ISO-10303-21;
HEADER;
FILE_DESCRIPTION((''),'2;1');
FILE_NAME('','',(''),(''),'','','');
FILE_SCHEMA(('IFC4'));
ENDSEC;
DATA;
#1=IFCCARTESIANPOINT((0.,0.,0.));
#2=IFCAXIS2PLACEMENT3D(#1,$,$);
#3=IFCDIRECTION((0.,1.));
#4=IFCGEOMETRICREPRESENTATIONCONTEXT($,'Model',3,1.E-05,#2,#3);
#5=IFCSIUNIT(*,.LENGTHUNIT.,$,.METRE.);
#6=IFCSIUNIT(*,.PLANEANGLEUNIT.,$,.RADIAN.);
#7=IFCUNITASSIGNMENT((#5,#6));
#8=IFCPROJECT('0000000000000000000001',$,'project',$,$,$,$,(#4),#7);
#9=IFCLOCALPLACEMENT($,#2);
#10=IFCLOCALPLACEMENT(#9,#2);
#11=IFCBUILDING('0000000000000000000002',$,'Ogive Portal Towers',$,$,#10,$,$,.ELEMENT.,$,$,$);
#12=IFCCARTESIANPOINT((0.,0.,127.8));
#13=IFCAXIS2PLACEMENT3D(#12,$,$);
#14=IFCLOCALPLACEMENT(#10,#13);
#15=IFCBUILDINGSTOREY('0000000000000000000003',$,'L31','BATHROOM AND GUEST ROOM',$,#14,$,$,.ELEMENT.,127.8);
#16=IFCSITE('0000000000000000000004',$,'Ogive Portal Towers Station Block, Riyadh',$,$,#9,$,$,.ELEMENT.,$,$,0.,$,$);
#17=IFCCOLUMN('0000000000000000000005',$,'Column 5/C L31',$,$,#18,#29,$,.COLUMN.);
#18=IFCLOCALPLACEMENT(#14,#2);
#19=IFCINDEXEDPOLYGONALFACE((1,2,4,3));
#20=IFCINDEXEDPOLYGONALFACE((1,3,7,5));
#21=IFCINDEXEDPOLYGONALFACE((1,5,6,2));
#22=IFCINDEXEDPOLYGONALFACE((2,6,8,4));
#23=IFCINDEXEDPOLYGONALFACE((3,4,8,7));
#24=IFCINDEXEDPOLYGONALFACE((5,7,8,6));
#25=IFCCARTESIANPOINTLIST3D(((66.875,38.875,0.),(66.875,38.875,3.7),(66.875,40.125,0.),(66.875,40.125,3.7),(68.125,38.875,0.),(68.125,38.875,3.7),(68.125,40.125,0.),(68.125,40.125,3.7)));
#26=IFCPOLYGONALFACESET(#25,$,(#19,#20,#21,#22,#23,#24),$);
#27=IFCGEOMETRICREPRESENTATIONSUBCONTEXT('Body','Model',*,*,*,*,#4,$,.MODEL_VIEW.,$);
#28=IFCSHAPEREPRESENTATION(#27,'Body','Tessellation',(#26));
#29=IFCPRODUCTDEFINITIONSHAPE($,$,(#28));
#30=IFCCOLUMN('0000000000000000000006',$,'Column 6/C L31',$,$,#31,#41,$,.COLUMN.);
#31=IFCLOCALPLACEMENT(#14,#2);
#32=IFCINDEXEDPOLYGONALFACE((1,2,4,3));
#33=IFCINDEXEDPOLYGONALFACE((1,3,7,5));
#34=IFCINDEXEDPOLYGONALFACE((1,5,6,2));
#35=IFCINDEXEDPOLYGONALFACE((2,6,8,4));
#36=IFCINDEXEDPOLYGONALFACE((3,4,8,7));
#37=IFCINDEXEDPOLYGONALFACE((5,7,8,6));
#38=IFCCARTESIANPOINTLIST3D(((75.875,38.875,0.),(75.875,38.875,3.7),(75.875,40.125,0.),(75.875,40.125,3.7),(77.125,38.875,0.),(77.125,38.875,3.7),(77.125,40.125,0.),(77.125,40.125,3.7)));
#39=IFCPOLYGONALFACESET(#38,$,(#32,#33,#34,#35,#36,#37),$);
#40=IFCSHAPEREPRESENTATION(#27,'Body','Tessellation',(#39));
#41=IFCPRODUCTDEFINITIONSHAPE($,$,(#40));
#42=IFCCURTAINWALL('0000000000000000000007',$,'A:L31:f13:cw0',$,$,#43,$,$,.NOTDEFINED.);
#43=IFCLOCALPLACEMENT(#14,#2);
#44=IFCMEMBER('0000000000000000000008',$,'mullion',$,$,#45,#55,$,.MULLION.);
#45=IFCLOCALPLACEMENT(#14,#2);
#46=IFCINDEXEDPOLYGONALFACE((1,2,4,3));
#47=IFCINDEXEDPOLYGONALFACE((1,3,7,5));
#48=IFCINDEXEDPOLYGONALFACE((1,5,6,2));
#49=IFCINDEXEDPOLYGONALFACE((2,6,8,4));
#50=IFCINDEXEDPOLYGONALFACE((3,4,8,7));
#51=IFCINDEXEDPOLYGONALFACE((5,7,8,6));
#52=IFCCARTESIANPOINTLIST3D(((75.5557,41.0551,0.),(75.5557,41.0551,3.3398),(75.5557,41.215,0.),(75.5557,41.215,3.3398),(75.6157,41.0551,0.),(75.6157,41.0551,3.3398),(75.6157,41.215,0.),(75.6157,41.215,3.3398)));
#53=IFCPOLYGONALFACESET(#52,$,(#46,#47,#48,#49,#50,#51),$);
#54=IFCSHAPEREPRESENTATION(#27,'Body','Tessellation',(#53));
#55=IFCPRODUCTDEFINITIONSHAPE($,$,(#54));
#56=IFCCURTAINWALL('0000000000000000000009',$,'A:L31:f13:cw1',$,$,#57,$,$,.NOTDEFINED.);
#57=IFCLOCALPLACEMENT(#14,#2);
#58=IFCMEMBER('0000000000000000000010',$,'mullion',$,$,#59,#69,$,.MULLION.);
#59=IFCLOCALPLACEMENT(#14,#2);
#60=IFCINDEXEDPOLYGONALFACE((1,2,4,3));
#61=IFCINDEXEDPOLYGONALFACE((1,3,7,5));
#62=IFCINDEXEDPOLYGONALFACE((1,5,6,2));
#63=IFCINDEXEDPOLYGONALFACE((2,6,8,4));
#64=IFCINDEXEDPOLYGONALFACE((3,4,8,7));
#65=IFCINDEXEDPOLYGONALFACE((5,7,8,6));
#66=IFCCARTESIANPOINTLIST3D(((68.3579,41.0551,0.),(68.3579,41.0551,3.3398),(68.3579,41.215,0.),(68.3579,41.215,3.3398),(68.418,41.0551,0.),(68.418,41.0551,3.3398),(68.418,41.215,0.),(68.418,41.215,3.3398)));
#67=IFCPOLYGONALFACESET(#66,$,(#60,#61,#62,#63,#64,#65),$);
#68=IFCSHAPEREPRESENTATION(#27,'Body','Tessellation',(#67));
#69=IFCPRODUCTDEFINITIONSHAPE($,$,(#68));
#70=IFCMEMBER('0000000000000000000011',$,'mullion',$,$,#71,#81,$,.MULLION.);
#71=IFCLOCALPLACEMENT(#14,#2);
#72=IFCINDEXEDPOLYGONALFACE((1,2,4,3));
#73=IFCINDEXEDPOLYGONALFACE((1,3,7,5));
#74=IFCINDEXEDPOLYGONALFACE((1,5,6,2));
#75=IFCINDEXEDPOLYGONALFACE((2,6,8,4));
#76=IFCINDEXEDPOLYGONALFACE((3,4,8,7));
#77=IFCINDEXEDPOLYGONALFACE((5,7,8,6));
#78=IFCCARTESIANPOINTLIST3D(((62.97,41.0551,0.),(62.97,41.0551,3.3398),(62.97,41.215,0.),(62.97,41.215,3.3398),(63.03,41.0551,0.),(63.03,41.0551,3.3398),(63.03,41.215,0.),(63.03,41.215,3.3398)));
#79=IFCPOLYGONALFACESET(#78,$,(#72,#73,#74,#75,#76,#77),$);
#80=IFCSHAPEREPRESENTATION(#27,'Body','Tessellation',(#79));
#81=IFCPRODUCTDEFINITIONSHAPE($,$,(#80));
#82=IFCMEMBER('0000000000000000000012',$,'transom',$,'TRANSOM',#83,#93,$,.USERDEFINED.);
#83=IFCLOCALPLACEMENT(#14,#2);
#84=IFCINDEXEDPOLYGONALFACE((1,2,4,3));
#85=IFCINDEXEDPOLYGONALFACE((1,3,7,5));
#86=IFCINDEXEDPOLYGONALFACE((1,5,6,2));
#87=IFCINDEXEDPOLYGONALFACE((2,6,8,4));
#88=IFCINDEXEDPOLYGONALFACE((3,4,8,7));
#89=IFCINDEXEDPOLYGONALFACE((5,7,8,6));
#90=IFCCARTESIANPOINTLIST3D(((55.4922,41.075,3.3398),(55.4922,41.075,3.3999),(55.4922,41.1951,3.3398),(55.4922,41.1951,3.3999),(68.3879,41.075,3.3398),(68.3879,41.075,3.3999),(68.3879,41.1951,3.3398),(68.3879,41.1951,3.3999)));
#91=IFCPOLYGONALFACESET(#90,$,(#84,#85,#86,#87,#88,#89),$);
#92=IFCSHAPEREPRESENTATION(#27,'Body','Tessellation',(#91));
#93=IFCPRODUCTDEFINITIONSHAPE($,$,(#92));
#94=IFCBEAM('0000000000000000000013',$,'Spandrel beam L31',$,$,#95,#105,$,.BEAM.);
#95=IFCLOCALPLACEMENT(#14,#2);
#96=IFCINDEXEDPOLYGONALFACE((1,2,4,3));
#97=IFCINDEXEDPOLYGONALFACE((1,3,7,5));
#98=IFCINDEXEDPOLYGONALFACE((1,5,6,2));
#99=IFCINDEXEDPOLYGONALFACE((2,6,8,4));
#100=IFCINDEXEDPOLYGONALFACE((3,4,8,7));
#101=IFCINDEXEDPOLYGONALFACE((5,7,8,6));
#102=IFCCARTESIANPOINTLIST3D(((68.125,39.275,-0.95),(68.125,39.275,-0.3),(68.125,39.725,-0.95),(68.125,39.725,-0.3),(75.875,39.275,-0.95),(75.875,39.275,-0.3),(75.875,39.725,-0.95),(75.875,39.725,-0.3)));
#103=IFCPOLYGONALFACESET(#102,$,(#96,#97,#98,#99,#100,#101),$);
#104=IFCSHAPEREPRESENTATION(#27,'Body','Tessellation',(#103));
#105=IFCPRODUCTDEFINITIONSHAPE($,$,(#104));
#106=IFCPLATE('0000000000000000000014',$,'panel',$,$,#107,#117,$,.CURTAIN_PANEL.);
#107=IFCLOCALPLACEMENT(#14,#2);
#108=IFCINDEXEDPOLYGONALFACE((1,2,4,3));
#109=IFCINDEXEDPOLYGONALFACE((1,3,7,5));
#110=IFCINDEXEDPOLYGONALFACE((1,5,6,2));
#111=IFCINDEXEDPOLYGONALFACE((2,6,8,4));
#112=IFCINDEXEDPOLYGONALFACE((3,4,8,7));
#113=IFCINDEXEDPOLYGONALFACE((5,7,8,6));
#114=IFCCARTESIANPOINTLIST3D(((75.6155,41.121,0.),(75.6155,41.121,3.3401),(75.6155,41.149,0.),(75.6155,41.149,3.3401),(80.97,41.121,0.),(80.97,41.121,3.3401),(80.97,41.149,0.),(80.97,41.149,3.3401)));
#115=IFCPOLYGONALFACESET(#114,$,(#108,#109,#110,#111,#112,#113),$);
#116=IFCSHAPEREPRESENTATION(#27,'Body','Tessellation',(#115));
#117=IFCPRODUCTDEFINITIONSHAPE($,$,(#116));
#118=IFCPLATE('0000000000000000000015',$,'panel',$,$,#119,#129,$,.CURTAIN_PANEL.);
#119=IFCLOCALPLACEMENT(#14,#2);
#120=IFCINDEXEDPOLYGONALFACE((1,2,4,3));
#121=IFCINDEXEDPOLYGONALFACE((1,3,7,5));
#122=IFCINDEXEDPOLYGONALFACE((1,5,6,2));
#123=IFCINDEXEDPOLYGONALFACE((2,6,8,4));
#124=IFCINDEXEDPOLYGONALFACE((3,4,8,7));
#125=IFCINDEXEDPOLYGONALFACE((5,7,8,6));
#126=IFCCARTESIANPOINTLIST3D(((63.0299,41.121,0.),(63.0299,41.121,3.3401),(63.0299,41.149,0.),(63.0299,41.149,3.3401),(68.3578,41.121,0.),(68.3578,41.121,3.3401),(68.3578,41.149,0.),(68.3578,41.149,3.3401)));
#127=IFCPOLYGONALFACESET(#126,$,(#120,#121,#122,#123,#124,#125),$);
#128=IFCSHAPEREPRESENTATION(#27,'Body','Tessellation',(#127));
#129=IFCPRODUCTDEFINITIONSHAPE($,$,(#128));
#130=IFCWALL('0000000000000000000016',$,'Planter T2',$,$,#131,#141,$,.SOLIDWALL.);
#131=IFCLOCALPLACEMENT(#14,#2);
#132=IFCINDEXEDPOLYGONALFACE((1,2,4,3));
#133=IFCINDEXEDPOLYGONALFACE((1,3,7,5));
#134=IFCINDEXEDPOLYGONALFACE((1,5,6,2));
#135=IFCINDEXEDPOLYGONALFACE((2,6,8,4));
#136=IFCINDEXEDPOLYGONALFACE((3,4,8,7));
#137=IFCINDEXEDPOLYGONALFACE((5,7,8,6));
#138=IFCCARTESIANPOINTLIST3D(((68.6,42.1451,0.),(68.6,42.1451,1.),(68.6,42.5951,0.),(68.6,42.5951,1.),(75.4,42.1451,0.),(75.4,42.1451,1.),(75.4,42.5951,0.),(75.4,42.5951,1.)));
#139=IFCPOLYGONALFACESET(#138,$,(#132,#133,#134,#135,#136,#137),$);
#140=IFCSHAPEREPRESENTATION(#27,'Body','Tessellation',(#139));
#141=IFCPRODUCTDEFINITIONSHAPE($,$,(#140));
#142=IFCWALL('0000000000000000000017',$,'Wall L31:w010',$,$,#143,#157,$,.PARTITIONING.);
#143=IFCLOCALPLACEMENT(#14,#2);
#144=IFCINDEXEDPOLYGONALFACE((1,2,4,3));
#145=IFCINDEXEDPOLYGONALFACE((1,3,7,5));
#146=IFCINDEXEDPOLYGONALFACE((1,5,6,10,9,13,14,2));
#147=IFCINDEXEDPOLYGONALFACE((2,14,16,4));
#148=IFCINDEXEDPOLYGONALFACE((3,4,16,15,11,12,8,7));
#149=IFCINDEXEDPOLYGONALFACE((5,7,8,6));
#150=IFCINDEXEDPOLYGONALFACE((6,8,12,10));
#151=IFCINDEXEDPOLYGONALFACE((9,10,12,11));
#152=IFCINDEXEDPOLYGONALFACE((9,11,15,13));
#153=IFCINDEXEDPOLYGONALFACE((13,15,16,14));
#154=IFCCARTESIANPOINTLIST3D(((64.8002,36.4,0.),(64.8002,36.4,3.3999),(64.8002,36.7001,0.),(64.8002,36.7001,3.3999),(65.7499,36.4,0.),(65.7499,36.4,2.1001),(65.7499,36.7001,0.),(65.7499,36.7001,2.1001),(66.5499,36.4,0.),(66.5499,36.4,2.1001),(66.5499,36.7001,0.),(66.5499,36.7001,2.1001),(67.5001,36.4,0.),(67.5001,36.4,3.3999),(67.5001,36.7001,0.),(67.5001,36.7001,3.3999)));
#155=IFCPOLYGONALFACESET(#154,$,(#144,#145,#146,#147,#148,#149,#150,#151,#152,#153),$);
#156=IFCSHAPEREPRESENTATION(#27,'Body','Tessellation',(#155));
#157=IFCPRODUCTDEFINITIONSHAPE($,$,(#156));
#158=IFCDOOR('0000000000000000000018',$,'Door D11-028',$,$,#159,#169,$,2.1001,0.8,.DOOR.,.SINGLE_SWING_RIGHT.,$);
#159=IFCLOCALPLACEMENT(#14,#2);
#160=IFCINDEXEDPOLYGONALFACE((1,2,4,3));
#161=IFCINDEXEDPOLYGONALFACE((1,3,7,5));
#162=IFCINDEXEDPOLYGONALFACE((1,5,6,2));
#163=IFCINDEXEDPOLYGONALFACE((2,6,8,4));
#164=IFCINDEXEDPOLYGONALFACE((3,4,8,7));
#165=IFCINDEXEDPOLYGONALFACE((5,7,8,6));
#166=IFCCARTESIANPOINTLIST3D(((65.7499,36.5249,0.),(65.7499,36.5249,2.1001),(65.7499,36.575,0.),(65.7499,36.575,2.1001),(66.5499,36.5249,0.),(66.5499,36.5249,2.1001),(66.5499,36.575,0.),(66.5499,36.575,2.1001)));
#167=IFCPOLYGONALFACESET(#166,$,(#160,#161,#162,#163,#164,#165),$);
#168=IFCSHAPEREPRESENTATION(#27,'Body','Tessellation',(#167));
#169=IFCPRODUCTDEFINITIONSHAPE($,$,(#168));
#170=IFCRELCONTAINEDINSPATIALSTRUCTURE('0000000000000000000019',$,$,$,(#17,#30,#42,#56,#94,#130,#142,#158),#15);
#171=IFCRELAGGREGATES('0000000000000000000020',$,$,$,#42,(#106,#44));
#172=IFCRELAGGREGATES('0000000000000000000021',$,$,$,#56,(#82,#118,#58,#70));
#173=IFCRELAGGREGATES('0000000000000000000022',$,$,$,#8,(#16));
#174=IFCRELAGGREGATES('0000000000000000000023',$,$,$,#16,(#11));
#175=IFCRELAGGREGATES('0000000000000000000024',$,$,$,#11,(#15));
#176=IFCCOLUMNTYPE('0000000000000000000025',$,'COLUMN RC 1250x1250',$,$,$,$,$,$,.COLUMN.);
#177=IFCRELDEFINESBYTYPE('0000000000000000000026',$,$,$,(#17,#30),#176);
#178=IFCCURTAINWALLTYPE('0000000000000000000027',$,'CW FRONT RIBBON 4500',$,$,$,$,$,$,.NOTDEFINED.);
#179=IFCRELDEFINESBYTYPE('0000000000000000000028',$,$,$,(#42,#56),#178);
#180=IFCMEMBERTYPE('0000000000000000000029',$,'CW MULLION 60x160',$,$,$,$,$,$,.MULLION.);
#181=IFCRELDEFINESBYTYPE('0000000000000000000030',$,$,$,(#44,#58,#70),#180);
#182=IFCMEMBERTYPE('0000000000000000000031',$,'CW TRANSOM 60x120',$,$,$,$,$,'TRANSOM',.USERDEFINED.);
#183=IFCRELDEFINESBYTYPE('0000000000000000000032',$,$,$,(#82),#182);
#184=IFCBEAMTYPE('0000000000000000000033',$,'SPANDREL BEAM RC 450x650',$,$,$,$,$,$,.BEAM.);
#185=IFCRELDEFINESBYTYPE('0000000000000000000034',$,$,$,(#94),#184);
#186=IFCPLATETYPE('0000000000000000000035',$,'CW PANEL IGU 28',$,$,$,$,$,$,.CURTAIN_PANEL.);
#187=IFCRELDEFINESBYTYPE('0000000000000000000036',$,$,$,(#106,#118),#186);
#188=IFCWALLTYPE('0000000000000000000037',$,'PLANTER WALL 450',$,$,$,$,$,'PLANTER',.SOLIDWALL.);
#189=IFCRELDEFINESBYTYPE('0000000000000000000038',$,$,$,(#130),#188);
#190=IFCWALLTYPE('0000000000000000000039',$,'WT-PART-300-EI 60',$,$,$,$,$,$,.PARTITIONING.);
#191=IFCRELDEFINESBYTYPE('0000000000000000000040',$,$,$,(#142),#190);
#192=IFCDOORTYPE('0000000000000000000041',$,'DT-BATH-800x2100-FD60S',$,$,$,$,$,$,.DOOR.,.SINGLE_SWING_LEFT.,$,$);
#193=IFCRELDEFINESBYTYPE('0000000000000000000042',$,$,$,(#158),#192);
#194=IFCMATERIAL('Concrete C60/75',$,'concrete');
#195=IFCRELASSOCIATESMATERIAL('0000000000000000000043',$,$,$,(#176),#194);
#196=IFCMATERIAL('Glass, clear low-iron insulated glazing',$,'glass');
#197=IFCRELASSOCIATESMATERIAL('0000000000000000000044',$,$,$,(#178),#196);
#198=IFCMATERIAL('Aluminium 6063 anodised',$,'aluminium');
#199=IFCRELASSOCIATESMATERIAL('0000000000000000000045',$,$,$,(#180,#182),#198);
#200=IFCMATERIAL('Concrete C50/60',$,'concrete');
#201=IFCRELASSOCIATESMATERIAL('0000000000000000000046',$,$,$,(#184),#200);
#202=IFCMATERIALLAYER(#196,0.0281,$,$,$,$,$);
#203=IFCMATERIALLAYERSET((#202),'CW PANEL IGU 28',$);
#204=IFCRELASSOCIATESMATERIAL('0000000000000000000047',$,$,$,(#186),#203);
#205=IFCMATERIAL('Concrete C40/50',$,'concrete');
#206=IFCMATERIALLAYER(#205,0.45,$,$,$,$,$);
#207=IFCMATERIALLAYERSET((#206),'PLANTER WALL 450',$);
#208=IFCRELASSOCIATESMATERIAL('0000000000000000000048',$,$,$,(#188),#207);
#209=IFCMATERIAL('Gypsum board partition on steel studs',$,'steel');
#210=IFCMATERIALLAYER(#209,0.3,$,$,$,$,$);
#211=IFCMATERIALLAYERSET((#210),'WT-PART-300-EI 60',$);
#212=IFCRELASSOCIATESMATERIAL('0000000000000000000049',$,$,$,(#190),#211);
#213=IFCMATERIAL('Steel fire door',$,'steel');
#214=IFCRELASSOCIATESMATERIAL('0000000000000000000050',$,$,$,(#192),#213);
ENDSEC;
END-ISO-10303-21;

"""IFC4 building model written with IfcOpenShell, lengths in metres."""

from ifc_helpers import new_model, si_unit, direction, frame, frame_2d, origin, origin_2d, place, context, subcontext, project, spatial, rectangle, extrude, material, layer, layer_set, material_profile, profile_set, type_object, element, fill, aggregate, save


model = new_model("IFC4")

# Units and contexts
model_context = context("Model", 3, precision=1e-05, world=origin(), true_north=direction((0.0, 1.0)))
body_context = subcontext(model_context, "Body", "Model", "MODEL_VIEW")
ifc_project = project(units=[si_unit("LENGTHUNIT", "METRE"), si_unit("PLANEANGLEUNIT", "RADIAN")], contexts=[model_context])

# Site, building, storey
site_placement = place(None, origin())
site = spatial("IfcSite", under=ifc_project, at=site_placement, Name="Ogive Portal Towers Station Block, Riyadh", CompositionType="ELEMENT", RefElevation=0.0)
building_placement = place(site_placement, origin())
building = spatial("IfcBuilding", under=site, at=building_placement, Name="Ogive Portal Towers", CompositionType="ELEMENT")
storey_placement = place(building_placement, frame((0.0, 0.0, 127.8)))
storey = spatial("IfcBuildingStorey", under=building, at=storey_placement, Name="L31", Description="BATHROOM AND GUEST ROOM", CompositionType="ELEMENT", Elevation=127.8)

# Columns
ifc_material_1 = material(Name="Concrete C60/75", Category="concrete")
ifc_material_profile_1 = material_profile(ifc_material_1, rectangle(XDim=1.25, YDim=1.25, at=origin_2d()), Name="RC 1250x1250")
ifc_profile_set_1 = profile_set([ifc_material_profile_1], Name="Concrete C60/75")
column_type = type_object("IfcColumnType", Name="COLUMN RC 1250x1250", PredefinedType="COLUMN", material=ifc_profile_set_1)
for number, where, z_axis, x_axis, name in (
    (1, (67.5, 39.5, 0.0), (0.0, 0.0, 1.0), (1.0, 0.0, 0.0), "Column 5/C L31"),
    (2, (76.5, 39.5, 0.0), (0.0, 0.0, 1.0), (1.0, 0.0, 0.0), "Column 6/C L31"),
):
    element("IfcColumn", number, at=place(storey_placement, frame(where, z_axis=z_axis, x_axis=x_axis)), inside=storey, type_object=column_type, Name=name, PredefinedType="COLUMN", context=body_context, shape_type="SweptSolid", body=[
        extrude(rectangle(XDim=1.25, YDim=1.25, at=origin_2d()), origin(), (0.0, 0.0, 1.0), 3.7),
    ])

# Curtain wall, member
ifc_material_2 = material(Name="Glass, clear low-iron insulated glazing", Category="glass")
curtain_wall_type = type_object("IfcCurtainWallType", Name="CW FRONT RIBBON 4500", PredefinedType="NOTDEFINED", material=ifc_material_2)
curtain_wall_1_placement = place(storey_placement, origin())
curtain_wall_1 = element("IfcCurtainWall", 3, at=curtain_wall_1_placement, inside=storey, type_object=curtain_wall_type, Name="A:L31:f13:cw0", PredefinedType="NOTDEFINED")
ifc_material_3 = material(Name="Aluminium 6063 anodised", Category="aluminium")
ifc_material_profile_2 = material_profile(ifc_material_3, rectangle(XDim=0.1599, YDim=0.0601, at=origin_2d()), Name="AL 60x160")
ifc_profile_set_2 = profile_set([ifc_material_profile_2], Name="Aluminium 6063 anodised")
member_type_1 = type_object("IfcMemberType", Name="CW MULLION 60x160", PredefinedType="MULLION", material=ifc_profile_set_2)
member_1_placement = place(storey_placement, frame((75.5857, 41.135, 0.0), z_axis=(0.0, 0.0, 1.0), x_axis=(0.0, -1.0, 0.0)))
member_1 = element("IfcMember", 4, at=member_1_placement, type_object=member_type_1, Name="mullion", PredefinedType="MULLION", context=body_context, shape_type="SweptSolid", body=[
    extrude(rectangle(XDim=0.1599, YDim=0.0601, at=origin_2d()), origin(), (0.0, 0.0, 1.0), 3.3398),
])

# Curtain wall, members
curtain_wall_2_placement = place(storey_placement, origin())
curtain_wall_2 = element("IfcCurtainWall", 5, at=curtain_wall_2_placement, inside=storey, type_object=curtain_wall_type, Name="A:L31:f13:cw1", PredefinedType="NOTDEFINED")
member_2_placement = place(storey_placement, frame((68.3879, 41.135, 0.0), z_axis=(0.0, 0.0, 1.0), x_axis=(0.0, -1.0, 0.0)))
member_2 = element("IfcMember", 6, at=member_2_placement, type_object=member_type_1, Name="mullion", PredefinedType="MULLION", context=body_context, shape_type="SweptSolid", body=[
    extrude(rectangle(XDim=0.1599, YDim=0.0601, at=origin_2d()), origin(), (0.0, 0.0, 1.0), 3.3398),
])
member_3_placement = place(storey_placement, frame((63.0, 41.135, 0.0), z_axis=(0.0, 0.0, 1.0), x_axis=(0.0, -1.0, 0.0)))
member_3 = element("IfcMember", 7, at=member_3_placement, type_object=member_type_1, Name="mullion", PredefinedType="MULLION", context=body_context, shape_type="SweptSolid", body=[
    extrude(rectangle(XDim=0.1599, YDim=0.0601, at=origin_2d()), origin(), (0.0, 0.0, 1.0), 3.3398),
])
ifc_material_profile_3 = material_profile(ifc_material_3, rectangle(XDim=0.1201, YDim=0.0601, at=origin_2d()), Name="AL 120x60")
ifc_profile_set_3 = profile_set([ifc_material_profile_3], Name="Aluminium 6063 anodised")
member_type_2 = type_object("IfcMemberType", Name="CW TRANSOM 60x120", ElementType="TRANSOM", PredefinedType="USERDEFINED", material=ifc_profile_set_3)
member_4_placement = place(storey_placement, frame((68.3879, 41.135, 3.3699), z_axis=(-1.0, 0.0, 0.0), x_axis=(0.0, -1.0, 0.0)))
member_4 = element("IfcMember", 8, at=member_4_placement, type_object=member_type_2, Name="transom", ObjectType="TRANSOM", PredefinedType="USERDEFINED", context=body_context, shape_type="SweptSolid", body=[
    extrude(rectangle(XDim=0.1201, YDim=0.0601, at=origin_2d()), origin(), (0.0, 0.0, 1.0), 12.8958),
])

# Beam
ifc_material_4 = material(Name="Concrete C50/60", Category="concrete")
ifc_material_profile_4 = material_profile(ifc_material_4, rectangle(XDim=0.45, YDim=0.6499, at=origin_2d()), Name="RC 450x650")
ifc_profile_set_4 = profile_set([ifc_material_profile_4], Name="Concrete C50/60")
beam_type = type_object("IfcBeamType", Name="SPANDREL BEAM RC 450x650", PredefinedType="BEAM", material=ifc_profile_set_4)
beam_placement = place(storey_placement, frame((68.125, 39.5, -0.625), z_axis=(1.0, 0.0, 0.0), x_axis=(0.0, 1.0, 0.0)))
element("IfcBeam", 9, at=beam_placement, inside=storey, type_object=beam_type, Name="Spandrel beam L31", PredefinedType="BEAM", context=body_context, shape_type="SweptSolid", body=[
    extrude(rectangle(XDim=0.45, YDim=0.6499, at=origin_2d()), origin(), (0.0, 0.0, 1.0), 7.75),
])

# Plates
ifc_layer_1 = layer(ifc_material_2, 0.0281)
ifc_layer_set_1 = layer_set([ifc_layer_1], Name="CW PANEL IGU 28")
plate_type = type_object("IfcPlateType", Name="CW PANEL IGU 28", PredefinedType="CURTAIN_PANEL", material=ifc_layer_set_1)
plate_1_placement = place(storey_placement, frame((78.2927, 41.135, 0.0), z_axis=(0.0, 0.0, 1.0), x_axis=(-1.0, 0.0, 0.0)))
plate_1 = element("IfcPlate", 10, at=plate_1_placement, type_object=plate_type, Name="panel", PredefinedType="CURTAIN_PANEL", context=body_context, shape_type="SweptSolid", body=[
    extrude(rectangle(XDim=5.3545, YDim=0.0281, at=origin_2d()), origin(), (0.0, 0.0, 1.0), 3.3401),
])
aggregate(curtain_wall_1, [plate_1, member_1])
plate_2_placement = place(storey_placement, frame((65.6938, 41.135, 0.0), z_axis=(0.0, 0.0, 1.0), x_axis=(-1.0, 0.0, 0.0)))
plate_2 = element("IfcPlate", 11, at=plate_2_placement, type_object=plate_type, Name="panel", PredefinedType="CURTAIN_PANEL", context=body_context, shape_type="SweptSolid", body=[
    extrude(rectangle(XDim=5.3279, YDim=0.0281, at=origin_2d()), origin(), (0.0, 0.0, 1.0), 3.3401),
])
aggregate(curtain_wall_2, [member_4, plate_2, member_2, member_3])

# Wall
ifc_material_5 = material(Name="Concrete C40/50", Category="concrete")
ifc_layer_2 = layer(ifc_material_5, 0.45)
ifc_layer_set_2 = layer_set([ifc_layer_2], Name="PLANTER WALL 450")
wall_type_1 = type_object("IfcWallType", Name="PLANTER WALL 450", ElementType="PLANTER", PredefinedType="SOLIDWALL", material=ifc_layer_set_2)
wall_1_placement = place(storey_placement, frame((72.0, 42.3701, 0.0), z_axis=(0.0, 0.0, 1.0), x_axis=(1.0, 0.0, 0.0)))
element("IfcWall", 12, at=wall_1_placement, inside=storey, type_object=wall_type_1, Name="Planter T2", PredefinedType="SOLIDWALL", context=body_context, shape_type="SweptSolid", body=[
    extrude(rectangle(XDim=6.8, YDim=0.45, at=origin_2d()), origin(), (0.0, 0.0, 1.0), 1.0),
])

# Wall, opening, door
ifc_material_6 = material(Name="Gypsum board partition on steel studs", Category="steel")
ifc_layer_3 = layer(ifc_material_6, 0.3)
ifc_layer_set_3 = layer_set([ifc_layer_3], Name="WT-PART-300-EI 60")
wall_type_2 = type_object("IfcWallType", Name="WT-PART-300-EI 60", PredefinedType="PARTITIONING", material=ifc_layer_set_3)
wall_2_placement = place(storey_placement, frame((64.8, 36.55, 0.0), z_axis=(0.0, 0.0, 1.0), x_axis=(1.0, 0.0, 0.0)))
wall_2 = element("IfcWall", 13, at=wall_2_placement, inside=storey, type_object=wall_type_2, Name="Wall L31:w010", PredefinedType="PARTITIONING", context=body_context, shape_type="SweptSolid", body=[
    extrude(rectangle(XDim=2.7, YDim=0.3, at=frame_2d((1.3501, 0.0))), origin(), (0.0, 0.0, 1.0), 3.3999),
])
opening_1_placement = place(wall_2_placement, frame((0.95, 0.0, 0.0)))
opening_1 = element("IfcOpeningElement", 14, at=opening_1_placement, cuts=wall_2, PredefinedType="OPENING", context=body_context, shape_type="SweptSolid", body=[
    extrude(rectangle(XDim=0.8, YDim=2.1001, at=frame_2d((0.3999, 1.05))), frame((0.0, 0.1602, 0.0), z_axis=(0.0, -1.0, 0.0), x_axis=(1.0, 0.0, 0.0)), (0.0, 0.0, 1.0), 0.3201),
])
ifc_material_7 = material(Name="Steel fire door", Category="steel")
door_type_1 = type_object("IfcDoorType", Name="DT-BATH-800x2100-FD60S", OperationType="SINGLE_SWING_LEFT", PredefinedType="DOOR", material=ifc_material_7)
door_1_placement = place(opening_1_placement, origin())
door_1 = element("IfcDoor", 15, at=door_1_placement, inside=storey, type_object=door_type_1, Name="Door D11-028", OperationType="SINGLE_SWING_RIGHT", OverallHeight=2.1001, OverallWidth=0.8, PredefinedType="DOOR", context=body_context, shape_type="SweptSolid", body=[
    extrude(rectangle(XDim=0.8, YDim=2.1001, at=frame_2d((0.3999, 1.05))), frame((0.0, 0.0249, 0.0), z_axis=(0.0, -1.0, 0.0), x_axis=(1.0, 0.0, 0.0)), (0.0, 0.0, 1.0), 0.05),
])
fill(opening_1, door_1)

save(model, "model.ifc")
